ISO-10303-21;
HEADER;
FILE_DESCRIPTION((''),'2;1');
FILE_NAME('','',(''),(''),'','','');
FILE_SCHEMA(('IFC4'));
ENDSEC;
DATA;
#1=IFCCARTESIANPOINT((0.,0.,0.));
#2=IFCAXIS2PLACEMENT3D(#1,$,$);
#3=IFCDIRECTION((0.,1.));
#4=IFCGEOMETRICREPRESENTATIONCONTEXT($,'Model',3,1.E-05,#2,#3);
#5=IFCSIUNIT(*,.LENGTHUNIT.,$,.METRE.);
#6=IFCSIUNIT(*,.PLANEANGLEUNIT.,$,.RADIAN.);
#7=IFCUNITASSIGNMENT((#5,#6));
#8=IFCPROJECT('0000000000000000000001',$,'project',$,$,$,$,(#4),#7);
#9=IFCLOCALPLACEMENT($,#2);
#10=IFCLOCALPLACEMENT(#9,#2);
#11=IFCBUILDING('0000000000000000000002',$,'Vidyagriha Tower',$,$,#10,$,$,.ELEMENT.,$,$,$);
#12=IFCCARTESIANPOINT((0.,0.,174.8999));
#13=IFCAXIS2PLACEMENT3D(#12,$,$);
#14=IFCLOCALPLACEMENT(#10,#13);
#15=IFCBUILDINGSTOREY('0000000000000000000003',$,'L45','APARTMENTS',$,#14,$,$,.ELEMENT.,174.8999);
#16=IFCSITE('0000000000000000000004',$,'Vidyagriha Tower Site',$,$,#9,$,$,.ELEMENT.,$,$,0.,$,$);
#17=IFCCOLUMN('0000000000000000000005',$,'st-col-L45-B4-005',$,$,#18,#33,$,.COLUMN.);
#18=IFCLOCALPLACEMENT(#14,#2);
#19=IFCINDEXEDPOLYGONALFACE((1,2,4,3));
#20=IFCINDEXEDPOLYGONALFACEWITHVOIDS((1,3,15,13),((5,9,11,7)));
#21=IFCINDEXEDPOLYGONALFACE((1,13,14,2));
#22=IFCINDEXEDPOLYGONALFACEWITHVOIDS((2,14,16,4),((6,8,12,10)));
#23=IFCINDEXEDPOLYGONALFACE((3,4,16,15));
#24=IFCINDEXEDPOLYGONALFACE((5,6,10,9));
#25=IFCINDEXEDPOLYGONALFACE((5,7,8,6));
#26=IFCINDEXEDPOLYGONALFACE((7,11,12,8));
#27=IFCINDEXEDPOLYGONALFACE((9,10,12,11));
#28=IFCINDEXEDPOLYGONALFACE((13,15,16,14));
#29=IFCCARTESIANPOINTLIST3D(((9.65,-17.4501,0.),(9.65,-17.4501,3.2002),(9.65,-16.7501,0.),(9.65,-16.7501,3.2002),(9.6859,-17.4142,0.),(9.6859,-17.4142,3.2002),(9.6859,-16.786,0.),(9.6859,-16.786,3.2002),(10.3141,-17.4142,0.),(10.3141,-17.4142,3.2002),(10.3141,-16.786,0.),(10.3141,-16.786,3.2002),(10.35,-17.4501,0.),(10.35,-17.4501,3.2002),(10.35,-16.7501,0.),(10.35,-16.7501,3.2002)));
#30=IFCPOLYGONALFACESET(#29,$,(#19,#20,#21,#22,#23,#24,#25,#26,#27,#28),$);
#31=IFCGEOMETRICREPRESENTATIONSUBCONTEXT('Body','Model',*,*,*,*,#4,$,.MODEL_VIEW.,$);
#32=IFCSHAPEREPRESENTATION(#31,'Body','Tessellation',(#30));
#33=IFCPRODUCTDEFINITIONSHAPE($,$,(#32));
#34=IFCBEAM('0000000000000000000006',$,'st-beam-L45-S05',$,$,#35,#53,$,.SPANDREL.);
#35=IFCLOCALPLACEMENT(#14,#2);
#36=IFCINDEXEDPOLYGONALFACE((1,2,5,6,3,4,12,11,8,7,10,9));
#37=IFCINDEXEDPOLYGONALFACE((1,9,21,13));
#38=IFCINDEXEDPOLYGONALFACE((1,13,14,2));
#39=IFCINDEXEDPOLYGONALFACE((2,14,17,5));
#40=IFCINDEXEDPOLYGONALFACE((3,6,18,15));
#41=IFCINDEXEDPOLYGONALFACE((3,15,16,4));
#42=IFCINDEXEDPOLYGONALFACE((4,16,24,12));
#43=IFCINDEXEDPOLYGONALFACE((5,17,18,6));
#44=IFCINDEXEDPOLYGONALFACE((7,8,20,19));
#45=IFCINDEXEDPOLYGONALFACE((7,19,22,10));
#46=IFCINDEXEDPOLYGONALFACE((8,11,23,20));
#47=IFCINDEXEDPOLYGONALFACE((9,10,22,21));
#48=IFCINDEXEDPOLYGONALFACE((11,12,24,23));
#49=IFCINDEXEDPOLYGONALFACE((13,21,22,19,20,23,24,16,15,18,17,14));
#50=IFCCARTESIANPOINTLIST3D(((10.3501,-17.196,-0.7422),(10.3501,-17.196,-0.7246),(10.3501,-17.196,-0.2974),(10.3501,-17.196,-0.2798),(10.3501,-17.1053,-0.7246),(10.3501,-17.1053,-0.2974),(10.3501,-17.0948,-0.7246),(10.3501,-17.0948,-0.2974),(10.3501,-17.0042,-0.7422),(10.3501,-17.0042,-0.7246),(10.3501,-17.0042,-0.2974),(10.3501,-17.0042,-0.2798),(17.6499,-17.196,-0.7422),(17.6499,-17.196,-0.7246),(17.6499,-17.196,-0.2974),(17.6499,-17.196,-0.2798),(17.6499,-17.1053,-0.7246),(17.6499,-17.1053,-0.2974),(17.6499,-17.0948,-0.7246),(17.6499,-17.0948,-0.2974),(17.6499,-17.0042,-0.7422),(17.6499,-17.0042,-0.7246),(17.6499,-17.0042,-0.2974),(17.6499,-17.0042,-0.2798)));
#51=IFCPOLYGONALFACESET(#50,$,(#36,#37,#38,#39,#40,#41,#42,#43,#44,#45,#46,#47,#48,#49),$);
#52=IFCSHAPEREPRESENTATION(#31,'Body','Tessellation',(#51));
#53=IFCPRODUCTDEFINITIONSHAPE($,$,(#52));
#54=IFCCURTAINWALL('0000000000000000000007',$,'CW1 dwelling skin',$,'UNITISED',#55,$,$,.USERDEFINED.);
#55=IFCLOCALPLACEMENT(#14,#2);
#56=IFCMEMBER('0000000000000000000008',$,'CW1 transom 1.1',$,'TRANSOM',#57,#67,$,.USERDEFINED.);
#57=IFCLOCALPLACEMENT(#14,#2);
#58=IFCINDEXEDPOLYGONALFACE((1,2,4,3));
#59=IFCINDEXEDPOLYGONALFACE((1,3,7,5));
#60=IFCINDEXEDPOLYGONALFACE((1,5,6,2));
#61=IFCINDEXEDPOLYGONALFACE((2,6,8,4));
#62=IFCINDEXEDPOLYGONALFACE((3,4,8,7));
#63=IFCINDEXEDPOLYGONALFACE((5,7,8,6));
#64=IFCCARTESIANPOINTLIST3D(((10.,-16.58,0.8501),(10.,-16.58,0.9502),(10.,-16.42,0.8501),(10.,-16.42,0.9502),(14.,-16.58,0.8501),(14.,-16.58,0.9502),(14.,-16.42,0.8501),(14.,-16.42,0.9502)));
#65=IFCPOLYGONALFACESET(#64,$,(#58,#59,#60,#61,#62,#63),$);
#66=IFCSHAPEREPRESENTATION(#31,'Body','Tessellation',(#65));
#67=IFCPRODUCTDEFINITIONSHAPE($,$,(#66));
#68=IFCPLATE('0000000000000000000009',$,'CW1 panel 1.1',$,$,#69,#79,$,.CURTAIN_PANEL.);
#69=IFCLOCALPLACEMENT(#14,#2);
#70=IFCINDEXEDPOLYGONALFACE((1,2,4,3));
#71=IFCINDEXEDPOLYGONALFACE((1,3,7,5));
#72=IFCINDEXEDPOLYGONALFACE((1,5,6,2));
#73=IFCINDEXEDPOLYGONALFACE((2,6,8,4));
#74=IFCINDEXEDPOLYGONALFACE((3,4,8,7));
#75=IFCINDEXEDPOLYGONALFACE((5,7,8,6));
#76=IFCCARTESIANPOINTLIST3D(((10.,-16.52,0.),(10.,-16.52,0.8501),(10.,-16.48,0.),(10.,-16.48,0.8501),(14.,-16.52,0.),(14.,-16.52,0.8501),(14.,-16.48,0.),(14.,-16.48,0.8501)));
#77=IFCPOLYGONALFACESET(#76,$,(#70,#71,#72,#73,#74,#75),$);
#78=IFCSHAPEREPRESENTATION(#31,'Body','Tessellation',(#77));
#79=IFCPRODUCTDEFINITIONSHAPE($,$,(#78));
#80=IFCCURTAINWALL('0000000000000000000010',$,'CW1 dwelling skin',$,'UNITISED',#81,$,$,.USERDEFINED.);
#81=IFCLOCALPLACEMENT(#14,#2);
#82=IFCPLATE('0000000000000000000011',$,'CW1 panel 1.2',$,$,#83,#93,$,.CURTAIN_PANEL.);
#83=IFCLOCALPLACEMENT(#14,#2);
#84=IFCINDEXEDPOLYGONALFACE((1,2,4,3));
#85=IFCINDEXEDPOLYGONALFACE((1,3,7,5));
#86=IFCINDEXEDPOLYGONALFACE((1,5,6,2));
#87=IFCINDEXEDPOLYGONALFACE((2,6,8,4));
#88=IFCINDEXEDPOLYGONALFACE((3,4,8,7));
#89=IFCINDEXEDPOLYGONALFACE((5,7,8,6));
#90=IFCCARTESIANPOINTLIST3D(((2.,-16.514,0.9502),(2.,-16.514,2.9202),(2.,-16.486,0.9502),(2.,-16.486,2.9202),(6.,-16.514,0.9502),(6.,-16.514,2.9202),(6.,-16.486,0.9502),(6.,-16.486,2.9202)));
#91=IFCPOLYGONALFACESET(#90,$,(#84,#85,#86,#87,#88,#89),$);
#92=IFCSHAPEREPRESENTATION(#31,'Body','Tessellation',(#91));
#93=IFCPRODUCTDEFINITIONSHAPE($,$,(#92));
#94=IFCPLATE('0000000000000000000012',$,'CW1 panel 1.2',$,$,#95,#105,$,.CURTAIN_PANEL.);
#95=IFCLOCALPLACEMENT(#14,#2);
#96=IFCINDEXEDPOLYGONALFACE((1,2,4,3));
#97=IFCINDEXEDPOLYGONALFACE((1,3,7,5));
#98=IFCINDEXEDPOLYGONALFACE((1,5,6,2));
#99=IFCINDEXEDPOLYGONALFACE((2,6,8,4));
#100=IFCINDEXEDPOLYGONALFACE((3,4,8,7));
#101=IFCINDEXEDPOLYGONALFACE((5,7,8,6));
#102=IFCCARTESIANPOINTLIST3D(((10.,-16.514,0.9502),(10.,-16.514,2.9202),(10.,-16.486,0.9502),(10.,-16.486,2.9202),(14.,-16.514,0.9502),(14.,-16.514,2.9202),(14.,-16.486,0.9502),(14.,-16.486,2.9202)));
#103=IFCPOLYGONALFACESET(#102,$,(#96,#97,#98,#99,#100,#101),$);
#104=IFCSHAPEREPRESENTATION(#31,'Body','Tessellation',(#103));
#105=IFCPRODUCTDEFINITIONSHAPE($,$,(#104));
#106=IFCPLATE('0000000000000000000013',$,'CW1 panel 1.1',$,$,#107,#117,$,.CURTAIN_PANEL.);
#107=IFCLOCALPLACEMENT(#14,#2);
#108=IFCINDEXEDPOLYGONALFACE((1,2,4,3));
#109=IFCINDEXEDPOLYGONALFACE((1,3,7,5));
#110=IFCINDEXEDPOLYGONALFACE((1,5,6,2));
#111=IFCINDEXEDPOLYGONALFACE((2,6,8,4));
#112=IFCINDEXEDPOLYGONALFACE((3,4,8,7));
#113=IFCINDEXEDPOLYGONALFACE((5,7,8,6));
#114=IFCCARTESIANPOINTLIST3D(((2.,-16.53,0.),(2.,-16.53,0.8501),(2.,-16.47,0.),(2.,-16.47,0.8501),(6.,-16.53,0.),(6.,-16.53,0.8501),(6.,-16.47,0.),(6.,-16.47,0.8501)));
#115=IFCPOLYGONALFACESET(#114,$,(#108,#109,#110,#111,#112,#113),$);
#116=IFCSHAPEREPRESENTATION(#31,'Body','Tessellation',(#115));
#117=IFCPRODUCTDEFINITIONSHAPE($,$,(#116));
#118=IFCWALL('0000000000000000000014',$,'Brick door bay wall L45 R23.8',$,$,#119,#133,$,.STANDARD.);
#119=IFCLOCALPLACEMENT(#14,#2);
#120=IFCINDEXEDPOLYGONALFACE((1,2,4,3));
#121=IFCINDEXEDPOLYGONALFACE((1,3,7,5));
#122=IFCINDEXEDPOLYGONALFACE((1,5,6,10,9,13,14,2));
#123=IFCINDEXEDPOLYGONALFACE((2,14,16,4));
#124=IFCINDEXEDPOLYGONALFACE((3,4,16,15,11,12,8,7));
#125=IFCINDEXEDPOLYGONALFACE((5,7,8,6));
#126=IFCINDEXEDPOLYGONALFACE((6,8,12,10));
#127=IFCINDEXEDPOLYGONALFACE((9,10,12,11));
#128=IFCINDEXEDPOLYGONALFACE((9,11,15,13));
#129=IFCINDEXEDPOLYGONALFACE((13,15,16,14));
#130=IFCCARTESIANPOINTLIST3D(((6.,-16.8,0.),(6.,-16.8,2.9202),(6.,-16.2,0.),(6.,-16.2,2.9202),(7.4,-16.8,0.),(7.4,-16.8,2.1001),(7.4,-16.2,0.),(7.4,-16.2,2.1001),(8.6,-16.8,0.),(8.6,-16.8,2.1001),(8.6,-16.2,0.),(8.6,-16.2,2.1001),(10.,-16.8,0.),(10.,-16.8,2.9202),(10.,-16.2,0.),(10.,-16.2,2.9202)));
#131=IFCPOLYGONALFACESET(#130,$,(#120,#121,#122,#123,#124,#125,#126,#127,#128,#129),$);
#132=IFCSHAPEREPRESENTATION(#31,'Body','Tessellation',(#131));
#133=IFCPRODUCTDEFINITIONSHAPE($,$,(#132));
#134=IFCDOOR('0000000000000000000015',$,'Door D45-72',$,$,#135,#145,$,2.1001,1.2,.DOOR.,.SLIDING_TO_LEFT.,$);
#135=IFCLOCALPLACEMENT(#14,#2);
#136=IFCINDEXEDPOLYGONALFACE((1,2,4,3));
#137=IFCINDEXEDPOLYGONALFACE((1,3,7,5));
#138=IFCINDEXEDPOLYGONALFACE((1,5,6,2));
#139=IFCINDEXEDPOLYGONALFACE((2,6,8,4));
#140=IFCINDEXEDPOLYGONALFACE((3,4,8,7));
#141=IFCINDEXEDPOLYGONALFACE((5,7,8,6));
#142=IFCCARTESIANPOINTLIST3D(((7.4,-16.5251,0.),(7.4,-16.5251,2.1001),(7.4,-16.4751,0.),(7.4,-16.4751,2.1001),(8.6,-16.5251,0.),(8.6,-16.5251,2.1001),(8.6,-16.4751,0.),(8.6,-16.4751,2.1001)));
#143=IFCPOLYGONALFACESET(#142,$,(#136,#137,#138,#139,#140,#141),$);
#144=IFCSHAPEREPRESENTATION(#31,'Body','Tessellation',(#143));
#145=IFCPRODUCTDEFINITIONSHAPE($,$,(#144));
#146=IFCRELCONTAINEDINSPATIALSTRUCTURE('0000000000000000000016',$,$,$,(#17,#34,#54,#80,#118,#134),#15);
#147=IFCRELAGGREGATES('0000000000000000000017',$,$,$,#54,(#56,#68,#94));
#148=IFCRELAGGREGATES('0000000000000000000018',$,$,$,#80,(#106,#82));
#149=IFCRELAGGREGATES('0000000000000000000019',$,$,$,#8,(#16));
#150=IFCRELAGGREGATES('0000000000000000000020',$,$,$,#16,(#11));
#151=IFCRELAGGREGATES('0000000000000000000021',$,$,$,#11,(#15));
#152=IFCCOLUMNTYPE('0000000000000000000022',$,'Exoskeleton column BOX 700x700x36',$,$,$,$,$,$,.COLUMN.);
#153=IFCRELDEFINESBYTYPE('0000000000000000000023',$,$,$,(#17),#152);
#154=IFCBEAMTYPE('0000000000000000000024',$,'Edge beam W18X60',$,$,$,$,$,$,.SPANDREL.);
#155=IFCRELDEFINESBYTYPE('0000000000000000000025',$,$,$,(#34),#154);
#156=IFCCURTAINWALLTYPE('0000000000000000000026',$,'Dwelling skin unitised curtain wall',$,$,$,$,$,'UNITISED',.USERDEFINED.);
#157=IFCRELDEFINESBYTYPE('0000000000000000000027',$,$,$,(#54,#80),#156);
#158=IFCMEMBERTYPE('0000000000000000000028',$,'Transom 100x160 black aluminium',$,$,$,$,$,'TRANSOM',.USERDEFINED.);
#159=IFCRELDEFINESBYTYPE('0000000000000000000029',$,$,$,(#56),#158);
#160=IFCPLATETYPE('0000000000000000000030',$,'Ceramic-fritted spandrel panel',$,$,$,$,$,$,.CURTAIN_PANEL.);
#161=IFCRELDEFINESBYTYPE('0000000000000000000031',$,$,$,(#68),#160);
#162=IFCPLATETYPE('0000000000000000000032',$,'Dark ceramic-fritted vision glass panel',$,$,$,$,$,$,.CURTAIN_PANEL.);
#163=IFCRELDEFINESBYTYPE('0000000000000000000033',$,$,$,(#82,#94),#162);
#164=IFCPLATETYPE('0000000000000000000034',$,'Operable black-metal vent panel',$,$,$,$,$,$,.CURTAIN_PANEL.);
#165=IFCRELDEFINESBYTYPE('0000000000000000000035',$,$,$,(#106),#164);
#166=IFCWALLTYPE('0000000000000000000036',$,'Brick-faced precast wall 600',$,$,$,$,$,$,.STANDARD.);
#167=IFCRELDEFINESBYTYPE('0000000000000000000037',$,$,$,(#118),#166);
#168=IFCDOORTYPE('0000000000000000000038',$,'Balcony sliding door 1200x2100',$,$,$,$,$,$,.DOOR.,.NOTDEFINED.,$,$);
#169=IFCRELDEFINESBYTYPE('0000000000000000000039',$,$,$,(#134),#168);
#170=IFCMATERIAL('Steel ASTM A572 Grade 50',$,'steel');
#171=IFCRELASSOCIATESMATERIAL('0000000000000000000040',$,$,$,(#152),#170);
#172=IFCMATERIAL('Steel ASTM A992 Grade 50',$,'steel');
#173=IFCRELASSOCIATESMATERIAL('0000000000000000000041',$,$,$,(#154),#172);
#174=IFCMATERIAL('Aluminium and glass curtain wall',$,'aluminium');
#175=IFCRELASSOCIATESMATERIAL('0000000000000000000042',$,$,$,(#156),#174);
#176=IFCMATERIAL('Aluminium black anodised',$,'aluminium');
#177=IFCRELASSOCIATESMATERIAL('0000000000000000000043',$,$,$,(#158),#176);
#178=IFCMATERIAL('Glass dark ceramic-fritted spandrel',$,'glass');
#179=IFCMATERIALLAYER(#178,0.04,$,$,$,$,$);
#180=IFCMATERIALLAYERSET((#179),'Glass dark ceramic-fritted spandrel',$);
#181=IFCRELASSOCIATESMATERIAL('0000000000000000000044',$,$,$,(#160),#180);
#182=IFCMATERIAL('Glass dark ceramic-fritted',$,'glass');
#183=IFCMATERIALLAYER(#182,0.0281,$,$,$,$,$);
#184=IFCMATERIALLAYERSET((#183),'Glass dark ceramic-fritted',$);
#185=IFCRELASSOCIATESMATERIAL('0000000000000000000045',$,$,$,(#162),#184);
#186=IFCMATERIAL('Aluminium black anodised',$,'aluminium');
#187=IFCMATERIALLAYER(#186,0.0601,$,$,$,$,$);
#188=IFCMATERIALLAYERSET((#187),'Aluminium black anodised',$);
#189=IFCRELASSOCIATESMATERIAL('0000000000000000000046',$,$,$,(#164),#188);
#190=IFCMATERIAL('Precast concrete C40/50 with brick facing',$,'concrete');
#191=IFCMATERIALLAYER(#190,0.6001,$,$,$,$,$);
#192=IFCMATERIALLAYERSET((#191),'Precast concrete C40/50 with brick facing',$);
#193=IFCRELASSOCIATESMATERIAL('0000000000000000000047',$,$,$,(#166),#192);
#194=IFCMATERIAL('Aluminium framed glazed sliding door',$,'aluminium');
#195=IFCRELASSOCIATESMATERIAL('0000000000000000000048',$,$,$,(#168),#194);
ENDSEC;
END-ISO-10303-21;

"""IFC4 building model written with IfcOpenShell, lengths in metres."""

from ifc_helpers import new_model, si_unit, direction, frame, frame_2d, origin, origin_2d, place, context, subcontext, project, spatial, rectangle, hollow_rectangle, i_section, extrude, material, layer, layer_set, material_profile, profile_set, type_object, element, fill, aggregate, save


model = new_model("IFC4")

# Units and contexts
model_context = context("Model", 3, precision=1e-05, world=origin(), true_north=direction((0.0, 1.0)))
body_context = subcontext(model_context, "Body", "Model", "MODEL_VIEW")
ifc_project = project(units=[si_unit("LENGTHUNIT", "METRE"), si_unit("PLANEANGLEUNIT", "RADIAN")], contexts=[model_context])

# Site, building, storey
site_placement = place(None, origin())
site = spatial("IfcSite", under=ifc_project, at=site_placement, Name="Vidyagriha Tower Site", CompositionType="ELEMENT", RefElevation=0.0)
building_placement = place(site_placement, origin())
building = spatial("IfcBuilding", under=site, at=building_placement, Name="Vidyagriha Tower", CompositionType="ELEMENT")
storey_placement = place(building_placement, frame((0.0, 0.0, 174.8999)))
storey = spatial("IfcBuildingStorey", under=building, at=storey_placement, Name="L45", Description="APARTMENTS", CompositionType="ELEMENT", Elevation=174.8999)

# Column
ifc_material_1 = material(Name="Steel ASTM A572 Grade 50", Category="steel")
ifc_material_profile_1 = material_profile(ifc_material_1, hollow_rectangle(XDim=0.7, YDim=0.7, WallThickness=0.0359, at=origin_2d()), Name="BOX 700x700x36")
ifc_profile_set_1 = profile_set([ifc_material_profile_1], Name="Steel ASTM A572 Grade 50")
column_type = type_object("IfcColumnType", Name="Exoskeleton column BOX 700x700x36", PredefinedType="COLUMN", material=ifc_profile_set_1)
column_placement = place(storey_placement, frame((10.0, -17.1001, 0.0)))
element("IfcColumn", 1, at=column_placement, inside=storey, type_object=column_type, Name="st-col-L45-B4-005", PredefinedType="COLUMN", context=body_context, shape_type="SweptSolid", body=[
    extrude(hollow_rectangle(XDim=0.7, YDim=0.7, WallThickness=0.0359, at=origin_2d()), origin(), (0.0, 0.0, 1.0), 3.2002),
])

# Beam
ifc_material_2 = material(Name="Steel ASTM A992 Grade 50", Category="steel")
ifc_material_profile_2 = material_profile(ifc_material_2, i_section(OverallWidth=0.1919, OverallDepth=0.4624, WebThickness=0.0105, FlangeThickness=0.0176, at=origin_2d()), Name="W18X60")
ifc_profile_set_2 = profile_set([ifc_material_profile_2], Name="Steel ASTM A992 Grade 50")
beam_type = type_object("IfcBeamType", Name="Edge beam W18X60", PredefinedType="SPANDREL", material=ifc_profile_set_2)
beam_placement = place(storey_placement, frame((10.3501, -17.1001, -0.511), z_axis=(1.0, 0.0, 0.0), x_axis=(0.0, 1.0, 0.0)))
element("IfcBeam", 2, at=beam_placement, inside=storey, type_object=beam_type, Name="st-beam-L45-S05", PredefinedType="SPANDREL", context=body_context, shape_type="SweptSolid", body=[
    extrude(i_section(OverallWidth=0.1919, OverallDepth=0.4624, WebThickness=0.0105, FlangeThickness=0.0176, at=origin_2d()), origin(), (0.0, 0.0, 1.0), 7.2998),
])

# Curtain wall, member, plate
ifc_material_3 = material(Name="Aluminium and glass curtain wall", Category="aluminium")
curtain_wall_type = type_object("IfcCurtainWallType", Name="Dwelling skin unitised curtain wall", ElementType="UNITISED", PredefinedType="USERDEFINED", material=ifc_material_3)
curtain_wall_1_placement = place(storey_placement, origin())
curtain_wall_1 = element("IfcCurtainWall", 3, at=curtain_wall_1_placement, inside=storey, type_object=curtain_wall_type, Name="CW1 dwelling skin", ObjectType="UNITISED", PredefinedType="USERDEFINED")
ifc_material_4 = material(Name="Aluminium black anodised", Category="aluminium")
ifc_material_profile_3 = material_profile(ifc_material_4, rectangle(XDim=0.1599, YDim=0.1001, at=origin_2d()), Name="Transom 100x160 black aluminium")
ifc_profile_set_3 = profile_set([ifc_material_profile_3], Name="Aluminium black anodised")
member_type = type_object("IfcMemberType", Name="Transom 100x160 black aluminium", ElementType="TRANSOM", PredefinedType="USERDEFINED", material=ifc_profile_set_3)
member_placement = place(storey_placement, frame((10.0, -16.5, 0.9001), z_axis=(1.0, 0.0, 0.0), x_axis=(0.0, 1.0, 0.0)))
member = element("IfcMember", 4, at=member_placement, type_object=member_type, Name="CW1 transom 1.1", ObjectType="TRANSOM", PredefinedType="USERDEFINED", context=body_context, shape_type="SweptSolid", body=[
    extrude(rectangle(XDim=0.1599, YDim=0.1001, at=origin_2d()), origin(), (0.0, 0.0, 1.0), 4.0),
])
ifc_material_5 = material(Name="Glass dark ceramic-fritted spandrel", Category="glass")
ifc_layer_1 = layer(ifc_material_5, 0.04)
ifc_layer_set_1 = layer_set([ifc_layer_1], Name="Glass dark ceramic-fritted spandrel")
plate_type_1 = type_object("IfcPlateType", Name="Ceramic-fritted spandrel panel", PredefinedType="CURTAIN_PANEL", material=ifc_layer_set_1)
plate_1_placement = place(storey_placement, frame((12.0, -16.5, 0.0)))
plate_1 = element("IfcPlate", 5, at=plate_1_placement, type_object=plate_type_1, Name="CW1 panel 1.1", PredefinedType="CURTAIN_PANEL", context=body_context, shape_type="SweptSolid", body=[
    extrude(rectangle(XDim=4.0, YDim=0.04, at=origin_2d()), origin(), (0.0, 0.0, 1.0), 0.8501),
])

# Curtain wall, plate
curtain_wall_2_placement = place(storey_placement, origin())
curtain_wall_2 = element("IfcCurtainWall", 6, at=curtain_wall_2_placement, inside=storey, type_object=curtain_wall_type, Name="CW1 dwelling skin", ObjectType="UNITISED", PredefinedType="USERDEFINED")
ifc_material_6 = material(Name="Glass dark ceramic-fritted", Category="glass")
ifc_layer_2 = layer(ifc_material_6, 0.0281)
ifc_layer_set_2 = layer_set([ifc_layer_2], Name="Glass dark ceramic-fritted")
plate_type_2 = type_object("IfcPlateType", Name="Dark ceramic-fritted vision glass panel", PredefinedType="CURTAIN_PANEL", material=ifc_layer_set_2)
plate_2_placement = place(storey_placement, frame((4.0, -16.5, 0.9502)))
plate_2 = element("IfcPlate", 7, at=plate_2_placement, type_object=plate_type_2, Name="CW1 panel 1.2", PredefinedType="CURTAIN_PANEL", context=body_context, shape_type="SweptSolid", body=[
    extrude(rectangle(XDim=4.0, YDim=0.0281, at=origin_2d()), origin(), (0.0, 0.0, 1.0), 1.97),
])

# Plates
plate_3_placement = place(storey_placement, frame((12.0, -16.5, 0.9502)))
plate_3 = element("IfcPlate", 8, at=plate_3_placement, type_object=plate_type_2, Name="CW1 panel 1.2", PredefinedType="CURTAIN_PANEL", context=body_context, shape_type="SweptSolid", body=[
    extrude(rectangle(XDim=4.0, YDim=0.0281, at=origin_2d()), origin(), (0.0, 0.0, 1.0), 1.97),
])
aggregate(curtain_wall_1, [member, plate_1, plate_3])
ifc_material_7 = material(Name="Aluminium black anodised", Category="aluminium")
ifc_layer_3 = layer(ifc_material_7, 0.0601)
ifc_layer_set_3 = layer_set([ifc_layer_3], Name="Aluminium black anodised")
plate_type_3 = type_object("IfcPlateType", Name="Operable black-metal vent panel", PredefinedType="CURTAIN_PANEL", material=ifc_layer_set_3)
plate_4_placement = place(storey_placement, frame((4.0, -16.5, 0.0)))
plate_4 = element("IfcPlate", 9, at=plate_4_placement, type_object=plate_type_3, Name="CW1 panel 1.1", PredefinedType="CURTAIN_PANEL", context=body_context, shape_type="SweptSolid", body=[
    extrude(rectangle(XDim=4.0, YDim=0.0601, at=origin_2d()), origin(), (0.0, 0.0, 1.0), 0.8501),
])
aggregate(curtain_wall_2, [plate_4, plate_2])

# Wall, opening, door
ifc_material_8 = material(Name="Precast concrete C40/50 with brick facing", Category="concrete")
ifc_layer_4 = layer(ifc_material_8, 0.6001)
ifc_layer_set_4 = layer_set([ifc_layer_4], Name="Precast concrete C40/50 with brick facing")
wall_type = type_object("IfcWallType", Name="Brick-faced precast wall 600", PredefinedType="STANDARD", material=ifc_layer_set_4)
wall_placement = place(storey_placement, frame((6.0, -16.5, 0.0)))
wall = element("IfcWall", 10, at=wall_placement, inside=storey, type_object=wall_type, Name="Brick door bay wall L45 R23.8", PredefinedType="STANDARD", context=body_context, shape_type="SweptSolid", body=[
    extrude(rectangle(XDim=4.0, YDim=0.6001, at=frame_2d((2.0, 0.0))), origin(), (0.0, 0.0, 1.0), 2.9202),
])
opening_placement = place(wall_placement, frame((1.3999, 0.0, 0.0)))
opening = element("IfcOpeningElement", 11, at=opening_placement, cuts=wall, PredefinedType="OPENING", context=body_context, shape_type="SweptSolid", body=[
    extrude(rectangle(XDim=1.2, YDim=2.1001, at=frame_2d((0.6001, 1.05))), frame((0.0, 0.3101, 0.0), z_axis=(0.0, -1.0, 0.0), x_axis=(1.0, 0.0, 0.0)), (0.0, 0.0, 1.0), 0.6201),
])
ifc_material_9 = material(Name="Aluminium framed glazed sliding door", Category="aluminium")
door_type = type_object("IfcDoorType", Name="Balcony sliding door 1200x2100", OperationType="NOTDEFINED", PredefinedType="DOOR", material=ifc_material_9)
door_placement = place(opening_placement, origin())
door = element("IfcDoor", 12, at=door_placement, inside=storey, type_object=door_type, Name="Door D45-72", OperationType="SLIDING_TO_LEFT", OverallHeight=2.1001, OverallWidth=1.2, PredefinedType="DOOR", context=body_context, shape_type="SweptSolid", body=[
    extrude(rectangle(XDim=1.2, YDim=2.1001, at=frame_2d((0.6001, 1.05))), frame((0.0, 0.0249, 0.0), z_axis=(0.0, -1.0, 0.0), x_axis=(1.0, 0.0, 0.0)), (0.0, 0.0, 1.0), 0.05),
])
fill(opening, door)

save(model, "model.ifc")
